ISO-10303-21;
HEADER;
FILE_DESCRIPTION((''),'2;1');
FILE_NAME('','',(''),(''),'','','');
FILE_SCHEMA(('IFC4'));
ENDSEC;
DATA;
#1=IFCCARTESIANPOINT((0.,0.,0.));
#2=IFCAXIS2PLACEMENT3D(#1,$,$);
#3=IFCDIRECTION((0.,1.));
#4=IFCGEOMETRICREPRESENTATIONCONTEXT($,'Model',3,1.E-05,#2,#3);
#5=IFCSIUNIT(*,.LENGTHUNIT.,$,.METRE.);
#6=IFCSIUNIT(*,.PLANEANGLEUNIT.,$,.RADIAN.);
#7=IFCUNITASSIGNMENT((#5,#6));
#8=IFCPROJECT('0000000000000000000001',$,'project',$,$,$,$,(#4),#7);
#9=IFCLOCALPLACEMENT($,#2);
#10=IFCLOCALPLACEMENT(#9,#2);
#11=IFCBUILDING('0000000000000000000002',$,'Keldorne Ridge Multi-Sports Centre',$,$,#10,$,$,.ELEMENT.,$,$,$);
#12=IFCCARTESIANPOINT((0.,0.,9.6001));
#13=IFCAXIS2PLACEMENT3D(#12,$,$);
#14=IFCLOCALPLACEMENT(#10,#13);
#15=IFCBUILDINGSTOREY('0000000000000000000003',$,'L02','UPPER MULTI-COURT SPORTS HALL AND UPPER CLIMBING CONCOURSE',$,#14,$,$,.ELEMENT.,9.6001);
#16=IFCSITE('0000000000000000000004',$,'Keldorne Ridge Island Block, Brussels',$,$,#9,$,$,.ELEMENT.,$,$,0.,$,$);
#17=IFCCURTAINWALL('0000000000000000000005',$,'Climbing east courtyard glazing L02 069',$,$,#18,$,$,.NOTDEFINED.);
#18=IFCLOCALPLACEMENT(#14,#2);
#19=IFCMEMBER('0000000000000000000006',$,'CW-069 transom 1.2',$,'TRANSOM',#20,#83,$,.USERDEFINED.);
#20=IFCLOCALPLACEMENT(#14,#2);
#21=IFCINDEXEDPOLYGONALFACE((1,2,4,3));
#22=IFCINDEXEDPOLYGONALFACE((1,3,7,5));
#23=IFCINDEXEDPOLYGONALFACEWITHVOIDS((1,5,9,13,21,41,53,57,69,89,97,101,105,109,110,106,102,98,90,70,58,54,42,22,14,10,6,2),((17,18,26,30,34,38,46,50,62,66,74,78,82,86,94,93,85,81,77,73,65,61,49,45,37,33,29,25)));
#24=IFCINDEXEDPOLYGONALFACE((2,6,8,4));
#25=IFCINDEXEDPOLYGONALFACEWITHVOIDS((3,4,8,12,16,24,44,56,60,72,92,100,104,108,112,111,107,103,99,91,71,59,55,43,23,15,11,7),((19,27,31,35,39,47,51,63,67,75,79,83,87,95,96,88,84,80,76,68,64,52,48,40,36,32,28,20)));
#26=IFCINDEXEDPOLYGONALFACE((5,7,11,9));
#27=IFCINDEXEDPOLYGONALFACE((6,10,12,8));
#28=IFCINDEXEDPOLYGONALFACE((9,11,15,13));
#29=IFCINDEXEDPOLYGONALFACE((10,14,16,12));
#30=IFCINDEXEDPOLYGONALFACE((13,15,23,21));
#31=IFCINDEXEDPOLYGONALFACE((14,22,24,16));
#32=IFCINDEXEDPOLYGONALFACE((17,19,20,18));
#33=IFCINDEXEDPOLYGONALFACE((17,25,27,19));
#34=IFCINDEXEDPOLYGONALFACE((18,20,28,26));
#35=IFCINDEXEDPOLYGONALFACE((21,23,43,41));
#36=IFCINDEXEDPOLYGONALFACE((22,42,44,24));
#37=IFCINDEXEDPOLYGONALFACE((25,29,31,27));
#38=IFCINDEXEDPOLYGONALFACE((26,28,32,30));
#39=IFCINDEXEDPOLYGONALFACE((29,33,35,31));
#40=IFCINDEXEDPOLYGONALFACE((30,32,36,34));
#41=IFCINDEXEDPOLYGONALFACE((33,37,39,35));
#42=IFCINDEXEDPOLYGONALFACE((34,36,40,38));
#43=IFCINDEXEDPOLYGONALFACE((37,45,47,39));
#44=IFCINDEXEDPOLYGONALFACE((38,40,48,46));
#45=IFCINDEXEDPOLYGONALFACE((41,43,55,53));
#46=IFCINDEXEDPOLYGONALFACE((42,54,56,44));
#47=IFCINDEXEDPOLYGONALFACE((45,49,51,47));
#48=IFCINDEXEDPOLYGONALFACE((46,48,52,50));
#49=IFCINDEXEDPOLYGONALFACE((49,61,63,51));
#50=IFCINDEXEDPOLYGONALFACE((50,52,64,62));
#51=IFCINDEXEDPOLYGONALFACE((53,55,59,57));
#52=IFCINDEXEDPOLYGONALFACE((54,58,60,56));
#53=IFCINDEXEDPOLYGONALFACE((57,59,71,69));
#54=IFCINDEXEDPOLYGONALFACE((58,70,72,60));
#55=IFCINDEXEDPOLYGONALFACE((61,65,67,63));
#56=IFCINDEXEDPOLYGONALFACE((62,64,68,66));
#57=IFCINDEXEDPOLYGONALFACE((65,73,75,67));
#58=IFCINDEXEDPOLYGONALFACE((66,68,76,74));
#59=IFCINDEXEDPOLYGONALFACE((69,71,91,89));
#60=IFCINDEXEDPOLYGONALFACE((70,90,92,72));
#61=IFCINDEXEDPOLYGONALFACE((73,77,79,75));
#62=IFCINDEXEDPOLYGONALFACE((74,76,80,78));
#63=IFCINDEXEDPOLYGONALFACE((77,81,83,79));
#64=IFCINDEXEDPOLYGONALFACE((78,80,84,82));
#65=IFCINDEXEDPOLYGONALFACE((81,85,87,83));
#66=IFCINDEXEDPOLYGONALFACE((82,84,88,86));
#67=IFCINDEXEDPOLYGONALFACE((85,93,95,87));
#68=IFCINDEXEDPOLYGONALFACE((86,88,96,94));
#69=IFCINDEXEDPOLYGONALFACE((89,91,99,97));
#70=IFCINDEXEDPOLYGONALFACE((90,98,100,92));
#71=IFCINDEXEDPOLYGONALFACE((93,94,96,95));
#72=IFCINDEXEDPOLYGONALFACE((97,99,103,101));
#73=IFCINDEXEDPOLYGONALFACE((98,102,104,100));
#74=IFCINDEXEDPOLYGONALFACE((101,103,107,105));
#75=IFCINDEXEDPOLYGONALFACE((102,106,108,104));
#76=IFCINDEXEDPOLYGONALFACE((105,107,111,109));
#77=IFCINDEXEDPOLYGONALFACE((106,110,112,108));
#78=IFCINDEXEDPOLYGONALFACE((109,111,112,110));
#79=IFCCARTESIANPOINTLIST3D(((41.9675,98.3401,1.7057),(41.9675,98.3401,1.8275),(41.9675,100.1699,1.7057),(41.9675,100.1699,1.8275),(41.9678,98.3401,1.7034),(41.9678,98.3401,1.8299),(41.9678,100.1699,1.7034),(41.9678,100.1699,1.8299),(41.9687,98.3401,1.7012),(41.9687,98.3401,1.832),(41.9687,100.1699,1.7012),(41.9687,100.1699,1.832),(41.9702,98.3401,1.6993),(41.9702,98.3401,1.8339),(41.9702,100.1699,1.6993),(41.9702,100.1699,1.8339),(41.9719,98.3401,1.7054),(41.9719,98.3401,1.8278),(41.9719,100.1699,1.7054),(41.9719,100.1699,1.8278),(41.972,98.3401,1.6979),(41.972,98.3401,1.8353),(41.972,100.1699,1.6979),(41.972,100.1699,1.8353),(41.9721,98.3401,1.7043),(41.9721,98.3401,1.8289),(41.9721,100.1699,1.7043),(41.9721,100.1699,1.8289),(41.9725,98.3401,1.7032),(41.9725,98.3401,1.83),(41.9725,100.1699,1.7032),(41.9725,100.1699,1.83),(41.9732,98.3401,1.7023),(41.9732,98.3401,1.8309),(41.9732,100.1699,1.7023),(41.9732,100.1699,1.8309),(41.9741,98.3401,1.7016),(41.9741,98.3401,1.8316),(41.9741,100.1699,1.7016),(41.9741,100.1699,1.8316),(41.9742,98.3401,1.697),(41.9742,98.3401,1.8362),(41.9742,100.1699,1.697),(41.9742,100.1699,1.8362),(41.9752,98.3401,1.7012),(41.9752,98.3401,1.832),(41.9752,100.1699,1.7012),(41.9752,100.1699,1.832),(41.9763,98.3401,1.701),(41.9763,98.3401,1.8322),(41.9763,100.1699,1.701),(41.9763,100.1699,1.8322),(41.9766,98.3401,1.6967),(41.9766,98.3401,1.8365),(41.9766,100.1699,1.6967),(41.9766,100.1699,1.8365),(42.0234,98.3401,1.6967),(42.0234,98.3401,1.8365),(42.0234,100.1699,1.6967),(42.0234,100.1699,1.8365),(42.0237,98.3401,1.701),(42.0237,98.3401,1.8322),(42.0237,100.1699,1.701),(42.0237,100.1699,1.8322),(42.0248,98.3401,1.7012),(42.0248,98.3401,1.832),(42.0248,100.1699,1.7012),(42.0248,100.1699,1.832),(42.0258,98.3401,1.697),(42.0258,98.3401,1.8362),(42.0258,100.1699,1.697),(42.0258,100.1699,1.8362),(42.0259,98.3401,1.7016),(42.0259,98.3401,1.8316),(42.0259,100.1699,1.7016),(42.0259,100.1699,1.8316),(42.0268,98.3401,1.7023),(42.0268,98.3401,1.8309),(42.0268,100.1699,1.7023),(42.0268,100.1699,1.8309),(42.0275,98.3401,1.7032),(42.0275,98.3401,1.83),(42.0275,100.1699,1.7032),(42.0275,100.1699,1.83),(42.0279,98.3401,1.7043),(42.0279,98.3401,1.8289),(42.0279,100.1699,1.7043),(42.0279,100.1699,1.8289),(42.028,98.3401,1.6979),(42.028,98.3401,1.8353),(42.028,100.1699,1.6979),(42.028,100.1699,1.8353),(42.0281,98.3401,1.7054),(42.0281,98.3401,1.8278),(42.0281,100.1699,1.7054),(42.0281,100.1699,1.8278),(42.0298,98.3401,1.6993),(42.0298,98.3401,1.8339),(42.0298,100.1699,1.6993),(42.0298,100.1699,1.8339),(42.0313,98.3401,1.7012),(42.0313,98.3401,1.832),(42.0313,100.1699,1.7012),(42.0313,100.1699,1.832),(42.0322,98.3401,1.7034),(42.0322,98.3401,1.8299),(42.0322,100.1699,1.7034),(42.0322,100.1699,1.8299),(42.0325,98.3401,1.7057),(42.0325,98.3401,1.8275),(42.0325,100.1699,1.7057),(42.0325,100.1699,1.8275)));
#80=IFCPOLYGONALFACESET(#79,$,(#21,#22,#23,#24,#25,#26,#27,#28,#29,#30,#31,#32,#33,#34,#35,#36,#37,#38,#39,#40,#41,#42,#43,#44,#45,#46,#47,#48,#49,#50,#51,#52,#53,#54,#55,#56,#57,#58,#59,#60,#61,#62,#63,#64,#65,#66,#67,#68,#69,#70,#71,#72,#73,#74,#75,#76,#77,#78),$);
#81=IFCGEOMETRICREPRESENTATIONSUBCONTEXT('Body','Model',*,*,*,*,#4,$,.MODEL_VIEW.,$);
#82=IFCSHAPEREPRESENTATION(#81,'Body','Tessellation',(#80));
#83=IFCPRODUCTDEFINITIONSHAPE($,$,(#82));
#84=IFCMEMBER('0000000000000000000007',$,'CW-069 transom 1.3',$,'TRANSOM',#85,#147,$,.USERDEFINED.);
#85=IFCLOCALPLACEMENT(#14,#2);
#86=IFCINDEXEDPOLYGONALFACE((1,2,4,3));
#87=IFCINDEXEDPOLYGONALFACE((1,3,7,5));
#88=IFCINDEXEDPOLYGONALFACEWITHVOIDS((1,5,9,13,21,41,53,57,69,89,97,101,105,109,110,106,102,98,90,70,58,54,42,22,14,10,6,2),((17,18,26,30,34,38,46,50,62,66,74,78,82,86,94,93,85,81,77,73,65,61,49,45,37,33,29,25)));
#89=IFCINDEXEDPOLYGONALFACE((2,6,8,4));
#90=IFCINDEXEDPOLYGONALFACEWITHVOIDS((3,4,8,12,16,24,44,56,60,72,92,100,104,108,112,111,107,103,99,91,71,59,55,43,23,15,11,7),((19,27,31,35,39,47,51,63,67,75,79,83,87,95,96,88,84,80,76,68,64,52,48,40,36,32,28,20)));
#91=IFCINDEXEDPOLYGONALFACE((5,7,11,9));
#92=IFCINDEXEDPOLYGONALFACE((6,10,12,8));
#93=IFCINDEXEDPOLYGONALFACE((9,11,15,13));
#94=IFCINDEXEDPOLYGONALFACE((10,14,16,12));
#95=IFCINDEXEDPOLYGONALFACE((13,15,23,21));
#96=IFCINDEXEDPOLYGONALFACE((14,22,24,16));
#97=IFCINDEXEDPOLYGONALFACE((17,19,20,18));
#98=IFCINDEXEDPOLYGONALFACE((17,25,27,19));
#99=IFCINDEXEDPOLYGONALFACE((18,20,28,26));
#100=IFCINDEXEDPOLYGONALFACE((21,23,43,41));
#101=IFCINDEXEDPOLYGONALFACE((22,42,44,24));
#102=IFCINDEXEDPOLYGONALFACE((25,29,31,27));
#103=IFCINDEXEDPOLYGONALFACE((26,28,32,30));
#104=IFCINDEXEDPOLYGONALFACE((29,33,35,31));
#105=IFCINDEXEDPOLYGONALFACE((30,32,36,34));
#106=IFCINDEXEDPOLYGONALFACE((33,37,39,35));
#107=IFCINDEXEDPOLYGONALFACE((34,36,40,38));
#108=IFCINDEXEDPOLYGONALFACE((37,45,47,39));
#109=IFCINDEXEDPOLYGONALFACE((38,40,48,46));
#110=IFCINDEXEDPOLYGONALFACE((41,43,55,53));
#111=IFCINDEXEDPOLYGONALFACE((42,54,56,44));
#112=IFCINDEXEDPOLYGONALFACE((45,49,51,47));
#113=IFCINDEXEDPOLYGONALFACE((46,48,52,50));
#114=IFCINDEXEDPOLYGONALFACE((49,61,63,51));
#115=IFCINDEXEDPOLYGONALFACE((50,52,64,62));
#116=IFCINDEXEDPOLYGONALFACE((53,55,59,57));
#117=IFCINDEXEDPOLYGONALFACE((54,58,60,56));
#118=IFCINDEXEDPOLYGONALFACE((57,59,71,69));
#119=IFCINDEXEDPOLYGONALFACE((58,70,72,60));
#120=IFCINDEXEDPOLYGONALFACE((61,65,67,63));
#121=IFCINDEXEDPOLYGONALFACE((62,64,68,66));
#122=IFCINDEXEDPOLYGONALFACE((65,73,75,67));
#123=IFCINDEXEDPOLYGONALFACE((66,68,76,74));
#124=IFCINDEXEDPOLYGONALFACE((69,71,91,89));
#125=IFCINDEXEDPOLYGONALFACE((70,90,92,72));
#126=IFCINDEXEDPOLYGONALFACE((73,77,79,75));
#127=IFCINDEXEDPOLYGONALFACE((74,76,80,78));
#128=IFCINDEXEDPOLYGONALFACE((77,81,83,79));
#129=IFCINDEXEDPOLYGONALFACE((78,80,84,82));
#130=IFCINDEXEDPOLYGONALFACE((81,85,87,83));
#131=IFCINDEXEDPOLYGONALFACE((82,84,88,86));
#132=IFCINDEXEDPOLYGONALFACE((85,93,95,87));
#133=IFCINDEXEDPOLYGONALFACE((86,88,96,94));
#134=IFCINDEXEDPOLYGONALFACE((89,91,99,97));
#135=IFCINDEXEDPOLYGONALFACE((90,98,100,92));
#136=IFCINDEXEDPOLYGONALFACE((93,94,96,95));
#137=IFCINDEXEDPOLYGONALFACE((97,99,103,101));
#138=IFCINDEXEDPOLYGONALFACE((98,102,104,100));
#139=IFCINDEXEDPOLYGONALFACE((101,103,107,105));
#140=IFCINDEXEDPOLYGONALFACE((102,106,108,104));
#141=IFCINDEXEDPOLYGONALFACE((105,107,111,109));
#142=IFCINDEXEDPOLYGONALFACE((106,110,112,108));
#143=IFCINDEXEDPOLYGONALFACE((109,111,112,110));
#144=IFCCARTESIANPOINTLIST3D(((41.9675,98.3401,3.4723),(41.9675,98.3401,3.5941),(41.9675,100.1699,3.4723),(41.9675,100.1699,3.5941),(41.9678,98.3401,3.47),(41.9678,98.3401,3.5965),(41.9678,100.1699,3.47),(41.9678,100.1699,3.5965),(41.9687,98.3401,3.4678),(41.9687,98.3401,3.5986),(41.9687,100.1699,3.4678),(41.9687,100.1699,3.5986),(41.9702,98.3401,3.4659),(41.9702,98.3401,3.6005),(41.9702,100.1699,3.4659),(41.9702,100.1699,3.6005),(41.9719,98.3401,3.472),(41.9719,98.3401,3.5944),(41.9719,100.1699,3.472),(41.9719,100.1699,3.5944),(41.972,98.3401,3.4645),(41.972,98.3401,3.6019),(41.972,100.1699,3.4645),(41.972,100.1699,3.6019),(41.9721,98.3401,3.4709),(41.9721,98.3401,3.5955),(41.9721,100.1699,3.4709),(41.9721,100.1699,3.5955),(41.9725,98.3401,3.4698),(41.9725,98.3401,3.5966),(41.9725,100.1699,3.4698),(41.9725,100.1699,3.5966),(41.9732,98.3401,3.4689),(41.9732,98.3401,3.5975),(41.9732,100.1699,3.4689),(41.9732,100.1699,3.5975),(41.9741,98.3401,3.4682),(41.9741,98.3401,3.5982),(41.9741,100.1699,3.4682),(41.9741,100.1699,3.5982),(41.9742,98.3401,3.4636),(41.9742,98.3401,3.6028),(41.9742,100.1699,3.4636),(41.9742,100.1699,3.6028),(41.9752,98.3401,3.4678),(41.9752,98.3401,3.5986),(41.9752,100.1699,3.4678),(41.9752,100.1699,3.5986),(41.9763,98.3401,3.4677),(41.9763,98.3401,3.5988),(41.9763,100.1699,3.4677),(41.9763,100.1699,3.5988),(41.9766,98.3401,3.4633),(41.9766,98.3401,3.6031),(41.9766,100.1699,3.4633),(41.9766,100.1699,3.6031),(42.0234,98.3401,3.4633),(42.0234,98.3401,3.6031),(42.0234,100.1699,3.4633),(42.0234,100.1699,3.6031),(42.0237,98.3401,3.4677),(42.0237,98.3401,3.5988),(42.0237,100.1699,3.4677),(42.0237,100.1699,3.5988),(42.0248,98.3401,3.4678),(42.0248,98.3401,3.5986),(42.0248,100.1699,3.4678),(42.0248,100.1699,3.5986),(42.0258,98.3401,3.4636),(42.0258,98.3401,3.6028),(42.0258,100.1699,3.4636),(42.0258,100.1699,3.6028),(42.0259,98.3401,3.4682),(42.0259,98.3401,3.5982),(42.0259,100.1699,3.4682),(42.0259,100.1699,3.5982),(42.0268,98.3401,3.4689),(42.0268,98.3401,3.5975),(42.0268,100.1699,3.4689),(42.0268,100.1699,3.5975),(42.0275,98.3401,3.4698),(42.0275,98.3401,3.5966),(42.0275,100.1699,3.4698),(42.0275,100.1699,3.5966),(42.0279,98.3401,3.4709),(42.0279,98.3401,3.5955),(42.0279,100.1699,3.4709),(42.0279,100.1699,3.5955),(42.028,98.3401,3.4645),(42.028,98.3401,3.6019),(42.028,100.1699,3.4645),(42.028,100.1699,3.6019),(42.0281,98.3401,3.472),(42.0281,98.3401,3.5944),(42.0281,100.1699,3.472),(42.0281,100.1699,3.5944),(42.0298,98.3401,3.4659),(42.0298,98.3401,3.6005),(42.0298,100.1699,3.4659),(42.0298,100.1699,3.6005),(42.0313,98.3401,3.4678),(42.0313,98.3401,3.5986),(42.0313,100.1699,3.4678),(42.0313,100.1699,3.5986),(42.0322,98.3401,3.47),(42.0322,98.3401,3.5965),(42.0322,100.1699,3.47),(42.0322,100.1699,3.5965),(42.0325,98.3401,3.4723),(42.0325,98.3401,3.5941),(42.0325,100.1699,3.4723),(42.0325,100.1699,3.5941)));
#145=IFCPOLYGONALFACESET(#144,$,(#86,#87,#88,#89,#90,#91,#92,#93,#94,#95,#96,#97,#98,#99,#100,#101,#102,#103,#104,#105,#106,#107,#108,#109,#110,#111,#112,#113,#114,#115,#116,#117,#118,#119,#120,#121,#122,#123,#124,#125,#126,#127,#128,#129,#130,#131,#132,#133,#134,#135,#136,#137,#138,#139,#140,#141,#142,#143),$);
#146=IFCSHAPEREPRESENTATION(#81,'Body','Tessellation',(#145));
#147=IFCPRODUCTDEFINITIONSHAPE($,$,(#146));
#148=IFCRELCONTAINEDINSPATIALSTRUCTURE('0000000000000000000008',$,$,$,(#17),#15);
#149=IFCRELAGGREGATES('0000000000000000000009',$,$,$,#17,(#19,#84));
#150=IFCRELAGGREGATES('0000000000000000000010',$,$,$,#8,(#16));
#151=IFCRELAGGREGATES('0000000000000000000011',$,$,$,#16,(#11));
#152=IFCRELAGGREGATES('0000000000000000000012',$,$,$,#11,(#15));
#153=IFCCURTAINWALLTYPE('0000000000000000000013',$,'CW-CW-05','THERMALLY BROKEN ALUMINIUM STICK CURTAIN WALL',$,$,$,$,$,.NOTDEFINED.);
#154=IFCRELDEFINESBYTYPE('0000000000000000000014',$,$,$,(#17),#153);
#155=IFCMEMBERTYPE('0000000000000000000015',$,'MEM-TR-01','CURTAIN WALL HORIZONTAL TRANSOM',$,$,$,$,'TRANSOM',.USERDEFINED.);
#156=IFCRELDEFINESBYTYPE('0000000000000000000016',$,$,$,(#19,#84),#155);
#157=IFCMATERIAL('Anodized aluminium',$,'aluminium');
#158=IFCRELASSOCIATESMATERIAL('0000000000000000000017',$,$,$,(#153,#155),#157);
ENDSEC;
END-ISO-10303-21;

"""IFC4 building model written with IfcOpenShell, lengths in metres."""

from ifc_helpers import new_model, si_unit, direction, frame, origin, origin_2d, place, context, subcontext, project, spatial, hollow_rectangle, extrude, material, material_profile, profile_set, type_object, element, aggregate, save


model = new_model("IFC4")

# Units and contexts
model_context = context("Model", 3, precision=1e-05, world=origin(), true_north=direction((0.0, 1.0)))
body_context = subcontext(model_context, "Body", "Model", "MODEL_VIEW")
ifc_project = project(units=[si_unit("LENGTHUNIT", "METRE"), si_unit("PLANEANGLEUNIT", "RADIAN")], contexts=[model_context])

# Site, building, storey
site_placement = place(None, origin())
site = spatial("IfcSite", under=ifc_project, at=site_placement, Name="Keldorne Ridge Island Block, Brussels", CompositionType="ELEMENT", RefElevation=0.0)
building_placement = place(site_placement, origin())
building = spatial("IfcBuilding", under=site, at=building_placement, Name="Keldorne Ridge Multi-Sports Centre", CompositionType="ELEMENT")
storey_placement = place(building_placement, frame((0.0, 0.0, 9.6001)))
storey = spatial("IfcBuildingStorey", under=building, at=storey_placement, Name="L02", Description="UPPER MULTI-COURT SPORTS HALL AND UPPER CLIMBING CONCOURSE", CompositionType="ELEMENT", Elevation=9.6001)

# Curtain wall
ifc_material_1 = material(Name="Anodized aluminium", Category="aluminium")
curtain_wall_type = type_object("IfcCurtainWallType", Name="CW-CW-05", Description="THERMALLY BROKEN ALUMINIUM STICK CURTAIN WALL", PredefinedType="NOTDEFINED", material=ifc_material_1)
curtain_wall_placement = place(storey_placement, origin())
curtain_wall = element("IfcCurtainWall", 1, at=curtain_wall_placement, inside=storey, type_object=curtain_wall_type, Name="Climbing east courtyard glazing L02 069", PredefinedType="NOTDEFINED")

# Members
ifc_material_profile_1 = material_profile(ifc_material_1, hollow_rectangle(XDim=0.0649, YDim=0.1399, WallThickness=0.0044, InnerFilletRadius=0.0044, OuterFilletRadius=0.009, at=origin_2d()), Name="ALU TRANSOM 140x65x4.5")
ifc_profile_set_1 = profile_set([ifc_material_profile_1], Name="Anodized aluminium")
member_type_1 = type_object("IfcMemberType", Name="MEM-TR-01", Description="CURTAIN WALL HORIZONTAL TRANSOM", ElementType="TRANSOM", PredefinedType="USERDEFINED", material=ifc_profile_set_1)
member_1_placement = place(storey_placement, frame((42.0, 98.3401, 1.7666), z_axis=(0.0, 1.0, 0.0), x_axis=(-1.0, 0.0, 0.0)))
member_1 = element("IfcMember", 2, at=member_1_placement, type_object=member_type_1, Name="CW-069 transom 1.2", ObjectType="TRANSOM", PredefinedType="USERDEFINED", context=body_context, shape_type="SweptSolid", body=[
    extrude(hollow_rectangle(XDim=0.0649, YDim=0.1399, WallThickness=0.0044, InnerFilletRadius=0.0044, OuterFilletRadius=0.009, at=origin_2d()), origin(), (0.0, 0.0, 1.0), 1.8298),
])
member_2_placement = place(storey_placement, frame((42.0, 98.3401, 3.5332), z_axis=(0.0, 1.0, 0.0), x_axis=(-1.0, 0.0, 0.0)))
member_2 = element("IfcMember", 3, at=member_2_placement, type_object=member_type_1, Name="CW-069 transom 1.3", ObjectType="TRANSOM", PredefinedType="USERDEFINED", context=body_context, shape_type="SweptSolid", body=[
    extrude(hollow_rectangle(XDim=0.0649, YDim=0.1399, WallThickness=0.0044, InnerFilletRadius=0.0044, OuterFilletRadius=0.009, at=origin_2d()), origin(), (0.0, 0.0, 1.0), 1.8298),
])
aggregate(curtain_wall, [member_1, member_2])

save(model, "model.ifc")
